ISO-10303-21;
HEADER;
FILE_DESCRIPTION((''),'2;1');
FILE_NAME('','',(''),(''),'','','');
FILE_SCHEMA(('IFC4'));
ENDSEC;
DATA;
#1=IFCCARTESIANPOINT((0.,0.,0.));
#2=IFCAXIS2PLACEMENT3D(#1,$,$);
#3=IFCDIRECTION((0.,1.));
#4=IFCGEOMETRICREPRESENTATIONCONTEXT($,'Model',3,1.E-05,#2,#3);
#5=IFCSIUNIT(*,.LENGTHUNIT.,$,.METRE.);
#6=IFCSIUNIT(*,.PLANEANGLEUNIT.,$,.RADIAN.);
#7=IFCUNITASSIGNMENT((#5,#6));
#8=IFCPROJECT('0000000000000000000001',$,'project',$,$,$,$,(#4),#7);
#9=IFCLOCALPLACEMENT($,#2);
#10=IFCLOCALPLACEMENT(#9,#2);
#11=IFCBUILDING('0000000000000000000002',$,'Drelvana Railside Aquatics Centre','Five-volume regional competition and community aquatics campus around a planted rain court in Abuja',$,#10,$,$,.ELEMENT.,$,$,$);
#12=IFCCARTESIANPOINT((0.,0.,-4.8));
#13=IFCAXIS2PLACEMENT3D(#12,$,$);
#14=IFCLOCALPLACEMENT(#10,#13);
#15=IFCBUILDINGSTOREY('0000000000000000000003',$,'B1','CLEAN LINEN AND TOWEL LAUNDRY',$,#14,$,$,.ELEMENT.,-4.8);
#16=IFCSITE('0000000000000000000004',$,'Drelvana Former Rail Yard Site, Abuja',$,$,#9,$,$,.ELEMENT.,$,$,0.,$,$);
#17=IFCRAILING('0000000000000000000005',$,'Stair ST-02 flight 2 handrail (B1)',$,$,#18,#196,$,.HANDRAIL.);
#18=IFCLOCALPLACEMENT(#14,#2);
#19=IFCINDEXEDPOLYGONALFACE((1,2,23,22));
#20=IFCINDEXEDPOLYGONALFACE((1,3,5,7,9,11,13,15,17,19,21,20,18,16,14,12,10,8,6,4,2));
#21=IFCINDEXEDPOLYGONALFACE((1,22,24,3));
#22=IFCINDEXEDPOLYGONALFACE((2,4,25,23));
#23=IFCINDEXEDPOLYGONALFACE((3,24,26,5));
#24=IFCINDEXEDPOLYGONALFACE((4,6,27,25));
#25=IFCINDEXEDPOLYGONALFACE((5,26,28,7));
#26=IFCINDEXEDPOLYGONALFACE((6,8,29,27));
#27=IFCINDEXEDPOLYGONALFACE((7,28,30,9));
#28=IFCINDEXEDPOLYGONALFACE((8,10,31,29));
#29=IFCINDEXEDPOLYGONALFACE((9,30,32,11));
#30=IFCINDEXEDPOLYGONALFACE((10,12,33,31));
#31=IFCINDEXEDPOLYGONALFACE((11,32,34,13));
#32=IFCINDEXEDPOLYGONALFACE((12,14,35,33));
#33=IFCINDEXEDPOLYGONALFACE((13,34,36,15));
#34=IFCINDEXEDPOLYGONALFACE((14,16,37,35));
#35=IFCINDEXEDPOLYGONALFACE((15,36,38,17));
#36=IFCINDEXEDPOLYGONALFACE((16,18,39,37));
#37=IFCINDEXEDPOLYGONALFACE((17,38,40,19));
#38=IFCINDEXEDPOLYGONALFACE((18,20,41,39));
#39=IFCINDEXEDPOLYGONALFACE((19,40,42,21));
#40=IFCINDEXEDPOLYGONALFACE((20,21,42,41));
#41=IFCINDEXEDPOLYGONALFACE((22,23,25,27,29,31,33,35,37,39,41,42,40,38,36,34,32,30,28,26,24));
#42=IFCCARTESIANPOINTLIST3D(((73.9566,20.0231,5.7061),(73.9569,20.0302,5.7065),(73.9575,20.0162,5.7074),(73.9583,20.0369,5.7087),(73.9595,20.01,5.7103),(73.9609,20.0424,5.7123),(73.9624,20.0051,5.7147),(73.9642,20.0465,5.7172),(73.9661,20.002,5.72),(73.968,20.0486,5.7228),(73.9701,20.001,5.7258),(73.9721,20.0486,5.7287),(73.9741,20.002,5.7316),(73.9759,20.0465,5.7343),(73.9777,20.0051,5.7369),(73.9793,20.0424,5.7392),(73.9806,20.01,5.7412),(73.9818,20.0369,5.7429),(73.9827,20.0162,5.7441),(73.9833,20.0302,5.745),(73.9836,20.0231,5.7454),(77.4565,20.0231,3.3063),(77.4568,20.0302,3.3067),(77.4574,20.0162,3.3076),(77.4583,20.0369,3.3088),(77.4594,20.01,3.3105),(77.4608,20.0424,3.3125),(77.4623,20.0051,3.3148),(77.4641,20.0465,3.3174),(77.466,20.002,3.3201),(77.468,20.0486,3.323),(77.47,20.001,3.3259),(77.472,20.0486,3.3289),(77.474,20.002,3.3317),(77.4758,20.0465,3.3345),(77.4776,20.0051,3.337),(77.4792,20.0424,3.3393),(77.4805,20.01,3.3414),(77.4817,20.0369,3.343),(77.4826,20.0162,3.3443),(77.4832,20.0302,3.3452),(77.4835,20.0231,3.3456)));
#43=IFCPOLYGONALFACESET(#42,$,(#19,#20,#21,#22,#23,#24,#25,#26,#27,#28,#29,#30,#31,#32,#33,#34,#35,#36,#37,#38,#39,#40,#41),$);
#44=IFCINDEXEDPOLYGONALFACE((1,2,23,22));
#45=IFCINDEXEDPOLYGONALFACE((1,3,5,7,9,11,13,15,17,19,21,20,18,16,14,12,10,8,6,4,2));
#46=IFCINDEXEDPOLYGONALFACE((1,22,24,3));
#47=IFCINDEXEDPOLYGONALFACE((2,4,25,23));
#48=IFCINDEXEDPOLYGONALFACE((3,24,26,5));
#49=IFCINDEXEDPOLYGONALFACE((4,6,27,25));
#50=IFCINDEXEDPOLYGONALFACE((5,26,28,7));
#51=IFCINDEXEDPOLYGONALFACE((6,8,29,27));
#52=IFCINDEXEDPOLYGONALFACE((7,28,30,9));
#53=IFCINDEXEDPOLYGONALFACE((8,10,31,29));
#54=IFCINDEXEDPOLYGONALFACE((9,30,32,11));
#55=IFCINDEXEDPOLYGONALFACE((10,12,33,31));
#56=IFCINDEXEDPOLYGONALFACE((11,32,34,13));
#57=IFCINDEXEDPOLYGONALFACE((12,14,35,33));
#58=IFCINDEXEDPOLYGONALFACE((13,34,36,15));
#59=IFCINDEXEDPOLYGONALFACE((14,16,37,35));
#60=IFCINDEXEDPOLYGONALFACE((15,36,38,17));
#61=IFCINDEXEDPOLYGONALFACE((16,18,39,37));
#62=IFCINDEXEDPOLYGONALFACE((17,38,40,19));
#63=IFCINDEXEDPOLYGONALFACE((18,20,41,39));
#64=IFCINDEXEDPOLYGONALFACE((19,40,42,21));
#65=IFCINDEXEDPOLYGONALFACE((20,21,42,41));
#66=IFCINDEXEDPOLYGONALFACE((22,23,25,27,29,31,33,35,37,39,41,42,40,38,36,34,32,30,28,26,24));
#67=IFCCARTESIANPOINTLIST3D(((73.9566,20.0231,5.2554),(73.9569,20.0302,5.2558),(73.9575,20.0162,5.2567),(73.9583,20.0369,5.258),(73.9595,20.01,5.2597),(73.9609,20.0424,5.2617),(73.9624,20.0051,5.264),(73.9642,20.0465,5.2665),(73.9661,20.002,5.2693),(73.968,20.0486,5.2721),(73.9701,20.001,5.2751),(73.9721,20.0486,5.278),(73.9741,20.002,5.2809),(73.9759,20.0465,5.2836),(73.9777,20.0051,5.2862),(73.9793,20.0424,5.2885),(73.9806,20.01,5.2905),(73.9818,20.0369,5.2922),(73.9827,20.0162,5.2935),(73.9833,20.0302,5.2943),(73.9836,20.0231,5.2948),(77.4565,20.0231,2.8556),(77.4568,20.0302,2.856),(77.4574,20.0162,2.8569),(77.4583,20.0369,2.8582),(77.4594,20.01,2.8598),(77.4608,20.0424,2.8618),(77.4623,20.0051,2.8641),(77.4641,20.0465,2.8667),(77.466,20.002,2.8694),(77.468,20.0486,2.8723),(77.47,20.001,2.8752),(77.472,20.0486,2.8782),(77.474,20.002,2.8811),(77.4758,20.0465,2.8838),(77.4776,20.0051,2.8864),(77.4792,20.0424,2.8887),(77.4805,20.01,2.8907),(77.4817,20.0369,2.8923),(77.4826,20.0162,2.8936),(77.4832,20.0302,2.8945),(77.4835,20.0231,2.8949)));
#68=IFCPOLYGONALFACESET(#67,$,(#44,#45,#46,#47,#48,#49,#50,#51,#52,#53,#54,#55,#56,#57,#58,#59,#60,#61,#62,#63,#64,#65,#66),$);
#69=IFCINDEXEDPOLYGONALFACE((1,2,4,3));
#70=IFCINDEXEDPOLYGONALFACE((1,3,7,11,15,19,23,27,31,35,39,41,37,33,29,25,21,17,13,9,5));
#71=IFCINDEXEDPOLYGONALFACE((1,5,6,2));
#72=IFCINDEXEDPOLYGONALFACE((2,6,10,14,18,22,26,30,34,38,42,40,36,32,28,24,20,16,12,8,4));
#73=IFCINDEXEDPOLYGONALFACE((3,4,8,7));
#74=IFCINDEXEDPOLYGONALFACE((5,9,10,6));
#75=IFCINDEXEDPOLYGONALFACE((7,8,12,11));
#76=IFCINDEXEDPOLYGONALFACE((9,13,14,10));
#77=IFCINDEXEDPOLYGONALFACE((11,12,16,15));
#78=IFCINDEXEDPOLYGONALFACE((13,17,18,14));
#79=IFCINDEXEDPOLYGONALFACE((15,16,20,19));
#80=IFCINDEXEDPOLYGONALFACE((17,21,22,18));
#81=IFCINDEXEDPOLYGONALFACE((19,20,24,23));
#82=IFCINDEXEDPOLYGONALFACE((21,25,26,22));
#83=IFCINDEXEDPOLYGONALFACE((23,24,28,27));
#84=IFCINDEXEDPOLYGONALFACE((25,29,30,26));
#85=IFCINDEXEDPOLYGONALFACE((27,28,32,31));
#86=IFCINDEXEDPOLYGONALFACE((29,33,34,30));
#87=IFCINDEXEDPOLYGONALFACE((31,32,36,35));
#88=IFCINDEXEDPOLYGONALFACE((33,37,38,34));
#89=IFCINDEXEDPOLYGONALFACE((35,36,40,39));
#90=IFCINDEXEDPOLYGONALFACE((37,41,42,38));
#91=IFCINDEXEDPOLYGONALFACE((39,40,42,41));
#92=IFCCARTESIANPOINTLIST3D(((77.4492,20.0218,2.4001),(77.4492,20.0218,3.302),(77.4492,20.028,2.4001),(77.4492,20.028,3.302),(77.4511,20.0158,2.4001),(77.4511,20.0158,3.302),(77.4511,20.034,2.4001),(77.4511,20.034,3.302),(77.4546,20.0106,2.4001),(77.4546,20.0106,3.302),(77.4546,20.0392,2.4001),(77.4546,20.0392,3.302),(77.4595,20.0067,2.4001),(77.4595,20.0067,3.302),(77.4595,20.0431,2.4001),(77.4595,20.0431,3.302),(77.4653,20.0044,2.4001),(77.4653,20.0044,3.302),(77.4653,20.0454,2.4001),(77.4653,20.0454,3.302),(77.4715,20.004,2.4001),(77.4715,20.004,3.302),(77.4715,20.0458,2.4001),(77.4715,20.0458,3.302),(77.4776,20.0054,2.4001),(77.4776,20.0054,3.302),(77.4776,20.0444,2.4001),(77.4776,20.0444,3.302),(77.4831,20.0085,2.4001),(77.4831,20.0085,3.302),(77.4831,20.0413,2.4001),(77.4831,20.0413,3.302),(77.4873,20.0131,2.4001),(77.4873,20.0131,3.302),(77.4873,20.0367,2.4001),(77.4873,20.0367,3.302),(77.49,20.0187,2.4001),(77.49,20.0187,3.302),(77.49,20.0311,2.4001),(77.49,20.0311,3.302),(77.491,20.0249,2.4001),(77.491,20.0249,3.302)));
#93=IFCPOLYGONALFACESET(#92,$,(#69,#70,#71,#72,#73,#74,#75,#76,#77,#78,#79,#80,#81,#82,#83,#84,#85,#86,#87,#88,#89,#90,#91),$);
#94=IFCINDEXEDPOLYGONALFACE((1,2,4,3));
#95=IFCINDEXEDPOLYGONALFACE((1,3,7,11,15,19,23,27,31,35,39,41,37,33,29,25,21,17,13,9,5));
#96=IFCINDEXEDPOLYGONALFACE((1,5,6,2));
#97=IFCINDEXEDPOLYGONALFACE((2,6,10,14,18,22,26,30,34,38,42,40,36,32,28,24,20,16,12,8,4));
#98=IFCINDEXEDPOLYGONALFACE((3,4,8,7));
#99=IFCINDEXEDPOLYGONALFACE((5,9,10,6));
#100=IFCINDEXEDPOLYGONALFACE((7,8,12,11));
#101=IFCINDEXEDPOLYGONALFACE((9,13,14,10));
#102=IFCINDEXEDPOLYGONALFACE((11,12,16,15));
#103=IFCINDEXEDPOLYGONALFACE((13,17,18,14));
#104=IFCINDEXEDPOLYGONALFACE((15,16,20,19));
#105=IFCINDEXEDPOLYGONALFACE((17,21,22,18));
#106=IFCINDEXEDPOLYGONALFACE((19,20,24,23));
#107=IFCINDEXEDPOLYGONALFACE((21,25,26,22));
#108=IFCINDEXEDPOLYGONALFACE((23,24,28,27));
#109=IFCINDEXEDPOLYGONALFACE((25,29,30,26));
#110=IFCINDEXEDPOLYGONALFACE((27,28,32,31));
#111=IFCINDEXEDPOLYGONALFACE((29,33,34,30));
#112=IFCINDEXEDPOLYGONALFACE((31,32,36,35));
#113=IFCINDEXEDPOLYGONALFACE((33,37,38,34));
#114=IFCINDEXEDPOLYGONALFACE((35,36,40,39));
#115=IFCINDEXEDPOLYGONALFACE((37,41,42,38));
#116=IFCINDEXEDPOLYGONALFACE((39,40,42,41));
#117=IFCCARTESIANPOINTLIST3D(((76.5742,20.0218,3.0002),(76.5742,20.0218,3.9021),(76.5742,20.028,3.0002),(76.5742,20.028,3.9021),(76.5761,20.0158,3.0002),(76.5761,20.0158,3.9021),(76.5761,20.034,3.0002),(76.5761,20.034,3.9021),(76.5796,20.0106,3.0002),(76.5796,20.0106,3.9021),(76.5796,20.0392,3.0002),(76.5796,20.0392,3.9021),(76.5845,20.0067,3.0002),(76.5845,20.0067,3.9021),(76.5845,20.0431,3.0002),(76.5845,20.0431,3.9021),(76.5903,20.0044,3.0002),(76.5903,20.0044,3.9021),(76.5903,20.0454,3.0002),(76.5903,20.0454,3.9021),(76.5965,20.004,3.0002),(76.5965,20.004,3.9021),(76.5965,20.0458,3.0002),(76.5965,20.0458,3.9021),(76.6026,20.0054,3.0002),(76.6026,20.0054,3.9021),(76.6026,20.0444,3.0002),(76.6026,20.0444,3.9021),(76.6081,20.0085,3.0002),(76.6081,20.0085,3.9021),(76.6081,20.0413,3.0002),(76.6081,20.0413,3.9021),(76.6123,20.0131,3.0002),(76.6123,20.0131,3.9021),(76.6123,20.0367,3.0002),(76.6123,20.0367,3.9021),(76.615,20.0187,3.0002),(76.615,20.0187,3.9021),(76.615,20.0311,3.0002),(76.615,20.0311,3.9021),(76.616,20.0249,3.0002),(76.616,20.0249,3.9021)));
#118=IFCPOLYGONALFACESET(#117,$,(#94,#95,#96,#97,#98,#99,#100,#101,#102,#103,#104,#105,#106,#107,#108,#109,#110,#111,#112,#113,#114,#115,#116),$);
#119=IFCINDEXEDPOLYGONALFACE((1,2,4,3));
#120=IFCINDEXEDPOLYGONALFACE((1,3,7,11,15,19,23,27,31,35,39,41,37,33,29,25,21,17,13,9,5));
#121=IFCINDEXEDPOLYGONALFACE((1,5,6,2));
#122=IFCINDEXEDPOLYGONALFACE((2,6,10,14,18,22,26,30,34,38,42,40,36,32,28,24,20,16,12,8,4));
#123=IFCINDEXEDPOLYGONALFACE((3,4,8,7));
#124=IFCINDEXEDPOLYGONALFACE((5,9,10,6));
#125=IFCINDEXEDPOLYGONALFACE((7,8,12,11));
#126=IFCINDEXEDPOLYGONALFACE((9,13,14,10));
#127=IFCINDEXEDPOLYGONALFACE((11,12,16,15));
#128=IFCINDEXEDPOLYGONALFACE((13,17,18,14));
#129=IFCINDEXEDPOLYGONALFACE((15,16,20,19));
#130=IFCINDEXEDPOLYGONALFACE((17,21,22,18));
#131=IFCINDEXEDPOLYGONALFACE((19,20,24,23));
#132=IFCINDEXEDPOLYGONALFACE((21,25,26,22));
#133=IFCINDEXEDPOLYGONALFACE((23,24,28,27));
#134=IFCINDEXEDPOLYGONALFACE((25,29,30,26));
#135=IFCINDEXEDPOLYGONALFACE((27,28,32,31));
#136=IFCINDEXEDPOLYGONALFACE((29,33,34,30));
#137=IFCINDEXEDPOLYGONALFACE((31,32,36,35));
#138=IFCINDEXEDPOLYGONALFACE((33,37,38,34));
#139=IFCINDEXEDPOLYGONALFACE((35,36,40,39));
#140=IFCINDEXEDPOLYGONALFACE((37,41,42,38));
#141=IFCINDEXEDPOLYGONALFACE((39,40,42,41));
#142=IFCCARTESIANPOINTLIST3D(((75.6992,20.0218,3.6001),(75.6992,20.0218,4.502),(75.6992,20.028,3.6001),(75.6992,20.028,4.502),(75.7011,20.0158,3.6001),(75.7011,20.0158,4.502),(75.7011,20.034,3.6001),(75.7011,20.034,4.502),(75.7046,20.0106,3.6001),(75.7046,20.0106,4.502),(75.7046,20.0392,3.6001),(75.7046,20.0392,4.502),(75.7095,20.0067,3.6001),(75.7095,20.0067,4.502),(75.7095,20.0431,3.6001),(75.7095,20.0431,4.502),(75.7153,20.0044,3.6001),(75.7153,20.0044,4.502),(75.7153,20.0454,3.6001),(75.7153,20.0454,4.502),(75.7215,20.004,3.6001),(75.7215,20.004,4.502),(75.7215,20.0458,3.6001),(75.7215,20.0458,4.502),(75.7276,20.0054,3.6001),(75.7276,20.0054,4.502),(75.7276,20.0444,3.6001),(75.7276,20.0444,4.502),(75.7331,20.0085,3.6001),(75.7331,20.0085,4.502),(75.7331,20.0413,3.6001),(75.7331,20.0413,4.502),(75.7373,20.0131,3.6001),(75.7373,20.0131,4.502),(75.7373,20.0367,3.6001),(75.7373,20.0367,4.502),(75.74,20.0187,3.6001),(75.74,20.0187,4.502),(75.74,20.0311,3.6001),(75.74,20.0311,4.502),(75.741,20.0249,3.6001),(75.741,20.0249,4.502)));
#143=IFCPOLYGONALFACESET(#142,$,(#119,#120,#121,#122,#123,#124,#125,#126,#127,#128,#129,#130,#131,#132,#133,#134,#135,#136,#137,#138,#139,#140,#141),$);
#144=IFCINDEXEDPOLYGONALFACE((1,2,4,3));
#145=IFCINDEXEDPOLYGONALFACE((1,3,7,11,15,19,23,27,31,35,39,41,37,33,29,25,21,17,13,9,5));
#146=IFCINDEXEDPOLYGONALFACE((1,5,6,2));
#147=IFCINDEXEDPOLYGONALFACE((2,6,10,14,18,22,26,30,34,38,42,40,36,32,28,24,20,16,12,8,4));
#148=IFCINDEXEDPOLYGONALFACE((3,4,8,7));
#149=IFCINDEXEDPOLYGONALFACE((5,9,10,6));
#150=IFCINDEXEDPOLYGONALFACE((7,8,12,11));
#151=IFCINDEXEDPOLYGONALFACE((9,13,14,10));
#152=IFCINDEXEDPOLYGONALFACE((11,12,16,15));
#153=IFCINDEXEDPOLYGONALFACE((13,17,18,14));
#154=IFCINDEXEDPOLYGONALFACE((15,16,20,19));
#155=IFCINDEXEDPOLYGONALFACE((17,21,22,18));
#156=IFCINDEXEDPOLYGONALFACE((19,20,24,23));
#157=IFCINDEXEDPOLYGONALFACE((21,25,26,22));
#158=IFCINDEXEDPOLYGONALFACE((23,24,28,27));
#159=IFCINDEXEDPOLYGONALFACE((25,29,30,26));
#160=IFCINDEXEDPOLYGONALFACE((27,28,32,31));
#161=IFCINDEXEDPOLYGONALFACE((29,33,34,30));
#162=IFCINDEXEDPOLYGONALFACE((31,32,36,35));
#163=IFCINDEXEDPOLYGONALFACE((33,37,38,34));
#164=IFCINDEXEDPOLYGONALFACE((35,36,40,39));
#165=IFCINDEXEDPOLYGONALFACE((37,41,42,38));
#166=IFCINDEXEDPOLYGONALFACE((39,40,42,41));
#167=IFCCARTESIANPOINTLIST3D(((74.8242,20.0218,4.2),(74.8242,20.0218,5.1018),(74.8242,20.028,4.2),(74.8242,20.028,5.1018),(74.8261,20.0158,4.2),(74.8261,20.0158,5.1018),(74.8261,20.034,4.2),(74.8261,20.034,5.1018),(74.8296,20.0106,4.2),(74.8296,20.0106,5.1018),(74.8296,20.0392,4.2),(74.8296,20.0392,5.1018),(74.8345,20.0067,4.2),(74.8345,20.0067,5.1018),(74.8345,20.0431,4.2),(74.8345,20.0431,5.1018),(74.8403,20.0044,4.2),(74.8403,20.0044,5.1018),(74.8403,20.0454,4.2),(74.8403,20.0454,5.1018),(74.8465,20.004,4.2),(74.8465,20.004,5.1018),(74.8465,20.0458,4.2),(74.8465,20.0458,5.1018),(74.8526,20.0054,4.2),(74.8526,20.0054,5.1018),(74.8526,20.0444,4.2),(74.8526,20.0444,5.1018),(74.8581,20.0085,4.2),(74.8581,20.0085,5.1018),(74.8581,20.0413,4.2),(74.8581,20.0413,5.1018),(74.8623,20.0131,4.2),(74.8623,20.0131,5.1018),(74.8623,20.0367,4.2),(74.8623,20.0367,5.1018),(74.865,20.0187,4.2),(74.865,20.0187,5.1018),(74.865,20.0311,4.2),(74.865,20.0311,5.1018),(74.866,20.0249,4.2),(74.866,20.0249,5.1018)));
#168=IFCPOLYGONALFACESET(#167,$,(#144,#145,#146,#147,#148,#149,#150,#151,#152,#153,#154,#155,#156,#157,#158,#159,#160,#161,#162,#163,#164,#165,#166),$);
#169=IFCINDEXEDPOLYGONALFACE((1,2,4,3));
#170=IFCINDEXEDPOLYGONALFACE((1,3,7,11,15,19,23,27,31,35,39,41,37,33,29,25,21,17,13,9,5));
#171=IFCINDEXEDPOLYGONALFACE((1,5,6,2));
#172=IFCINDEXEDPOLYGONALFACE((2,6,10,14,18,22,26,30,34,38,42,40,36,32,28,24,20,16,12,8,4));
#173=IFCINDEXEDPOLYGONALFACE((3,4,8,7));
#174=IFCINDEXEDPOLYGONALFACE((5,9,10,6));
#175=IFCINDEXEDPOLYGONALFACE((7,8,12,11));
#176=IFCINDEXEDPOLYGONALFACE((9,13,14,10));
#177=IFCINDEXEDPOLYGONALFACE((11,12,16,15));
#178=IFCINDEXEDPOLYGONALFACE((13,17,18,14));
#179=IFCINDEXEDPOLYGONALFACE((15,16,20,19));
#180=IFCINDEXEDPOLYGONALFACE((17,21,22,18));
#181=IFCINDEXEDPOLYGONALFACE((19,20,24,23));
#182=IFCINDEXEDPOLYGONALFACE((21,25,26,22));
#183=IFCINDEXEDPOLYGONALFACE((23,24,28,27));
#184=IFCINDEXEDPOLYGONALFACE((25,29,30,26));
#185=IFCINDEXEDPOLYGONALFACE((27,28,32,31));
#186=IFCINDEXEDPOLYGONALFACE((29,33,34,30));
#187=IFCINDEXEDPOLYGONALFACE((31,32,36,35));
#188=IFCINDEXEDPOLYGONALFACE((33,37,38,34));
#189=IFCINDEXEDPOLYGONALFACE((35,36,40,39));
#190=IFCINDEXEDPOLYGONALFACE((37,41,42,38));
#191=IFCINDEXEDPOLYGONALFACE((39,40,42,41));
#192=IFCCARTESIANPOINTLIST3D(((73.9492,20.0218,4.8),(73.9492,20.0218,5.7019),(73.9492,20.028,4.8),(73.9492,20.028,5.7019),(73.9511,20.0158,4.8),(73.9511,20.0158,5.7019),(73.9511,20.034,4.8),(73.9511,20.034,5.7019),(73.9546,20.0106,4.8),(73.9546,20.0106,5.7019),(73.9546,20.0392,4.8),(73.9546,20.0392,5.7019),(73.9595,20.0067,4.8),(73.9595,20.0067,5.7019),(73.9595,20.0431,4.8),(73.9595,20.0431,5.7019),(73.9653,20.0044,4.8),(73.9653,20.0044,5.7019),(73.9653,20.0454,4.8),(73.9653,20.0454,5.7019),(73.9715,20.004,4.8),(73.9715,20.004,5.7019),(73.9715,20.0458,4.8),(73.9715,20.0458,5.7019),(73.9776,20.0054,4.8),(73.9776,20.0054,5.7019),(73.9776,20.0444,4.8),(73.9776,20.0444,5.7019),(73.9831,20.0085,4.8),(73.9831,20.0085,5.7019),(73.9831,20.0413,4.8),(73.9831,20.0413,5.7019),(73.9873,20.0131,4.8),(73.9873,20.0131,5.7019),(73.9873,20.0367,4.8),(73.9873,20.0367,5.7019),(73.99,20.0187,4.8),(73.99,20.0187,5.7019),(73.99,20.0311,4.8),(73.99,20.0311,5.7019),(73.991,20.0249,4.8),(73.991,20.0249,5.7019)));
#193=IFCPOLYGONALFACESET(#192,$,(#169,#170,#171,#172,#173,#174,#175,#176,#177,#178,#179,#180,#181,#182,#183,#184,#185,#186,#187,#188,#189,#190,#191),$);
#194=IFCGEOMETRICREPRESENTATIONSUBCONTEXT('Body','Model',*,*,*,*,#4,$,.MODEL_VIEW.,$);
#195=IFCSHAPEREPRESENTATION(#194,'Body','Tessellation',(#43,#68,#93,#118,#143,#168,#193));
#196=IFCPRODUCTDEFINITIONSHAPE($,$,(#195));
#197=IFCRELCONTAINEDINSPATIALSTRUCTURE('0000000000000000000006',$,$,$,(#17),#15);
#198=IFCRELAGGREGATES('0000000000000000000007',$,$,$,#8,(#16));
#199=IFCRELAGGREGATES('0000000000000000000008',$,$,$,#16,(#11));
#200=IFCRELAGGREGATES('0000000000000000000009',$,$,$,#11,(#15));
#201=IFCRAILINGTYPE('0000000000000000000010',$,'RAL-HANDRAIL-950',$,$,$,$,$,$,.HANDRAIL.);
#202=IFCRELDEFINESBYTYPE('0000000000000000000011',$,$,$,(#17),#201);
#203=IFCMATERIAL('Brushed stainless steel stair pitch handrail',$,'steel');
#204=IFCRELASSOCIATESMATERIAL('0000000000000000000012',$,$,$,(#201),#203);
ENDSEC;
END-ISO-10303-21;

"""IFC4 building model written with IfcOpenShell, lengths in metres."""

from ifc_helpers import new_model, si_unit, direction, frame, origin, origin_2d, place, context, subcontext, project, spatial, circle, extrude, material, type_object, element, save


model = new_model("IFC4")

# Units and contexts
model_context = context("Model", 3, precision=1e-05, world=origin(), true_north=direction((0.0, 1.0)))
body_context = subcontext(model_context, "Body", "Model", "MODEL_VIEW")
ifc_project = project(units=[si_unit("LENGTHUNIT", "METRE"), si_unit("PLANEANGLEUNIT", "RADIAN")], contexts=[model_context])

# Site, building, storey
site_placement = place(None, origin())
site = spatial("IfcSite", under=ifc_project, at=site_placement, Name="Drelvana Former Rail Yard Site, Abuja", CompositionType="ELEMENT", RefElevation=0.0)
building_placement = place(site_placement, origin())
building = spatial("IfcBuilding", under=site, at=building_placement, Name="Drelvana Railside Aquatics Centre", Description="Five-volume regional competition and community aquatics campus around a planted rain court in Abuja", CompositionType="ELEMENT")
storey_placement = place(building_placement, frame((0.0, 0.0, -4.8)))
storey = spatial("IfcBuildingStorey", under=building, at=storey_placement, Name="B1", Description="CLEAN LINEN AND TOWEL LAUNDRY", CompositionType="ELEMENT", Elevation=-4.8)

# Railing
ifc_material_1 = material(Name="Brushed stainless steel stair pitch handrail", Category="steel")
railing_type = type_object("IfcRailingType", Name="RAL-HANDRAIL-950", PredefinedType="HANDRAIL", material=ifc_material_1)
railing_placement = place(storey_placement, frame((77.47, 20.0249, 2.4001)))
element("IfcRailing", 1, at=railing_placement, inside=storey, type_object=railing_type, Name="Stair ST-02 flight 2 handrail (B1)", PredefinedType="HANDRAIL", context=body_context, shape_type="SweptSolid", body=[
    extrude(circle(Radius=0.0239, at=origin_2d()), frame((0.0, 0.0, 0.9258), z_axis=(-0.82474, 0.0, 0.565513), x_axis=(0.0, -1.0, 0.0)), (0.0, 0.0, 1.0), 4.2437),
    extrude(circle(Radius=0.0239, at=origin_2d()), frame((0.0, 0.0, 0.4751), z_axis=(-0.82474, 0.0, 0.565513), x_axis=(0.0, -1.0, 0.0)), (0.0, 0.0, 1.0), 4.2437),
    extrude(circle(Radius=0.021, at=origin_2d()), origin(), (0.0, 0.0, 1.0), 0.9019),
    extrude(circle(Radius=0.021, at=origin_2d()), frame((-0.875, 0.0, 0.6001)), (0.0, 0.0, 1.0), 0.9019),
    extrude(circle(Radius=0.021, at=origin_2d()), frame((-1.75, 0.0, 1.2)), (0.0, 0.0, 1.0), 0.9019),
    extrude(circle(Radius=0.021, at=origin_2d()), frame((-2.625, 0.0, 1.7998)), (0.0, 0.0, 1.0), 0.9019),
    extrude(circle(Radius=0.021, at=origin_2d()), frame((-3.5, 0.0, 2.3999)), (0.0, 0.0, 1.0), 0.9019),
])

save(model, "model.ifc")
